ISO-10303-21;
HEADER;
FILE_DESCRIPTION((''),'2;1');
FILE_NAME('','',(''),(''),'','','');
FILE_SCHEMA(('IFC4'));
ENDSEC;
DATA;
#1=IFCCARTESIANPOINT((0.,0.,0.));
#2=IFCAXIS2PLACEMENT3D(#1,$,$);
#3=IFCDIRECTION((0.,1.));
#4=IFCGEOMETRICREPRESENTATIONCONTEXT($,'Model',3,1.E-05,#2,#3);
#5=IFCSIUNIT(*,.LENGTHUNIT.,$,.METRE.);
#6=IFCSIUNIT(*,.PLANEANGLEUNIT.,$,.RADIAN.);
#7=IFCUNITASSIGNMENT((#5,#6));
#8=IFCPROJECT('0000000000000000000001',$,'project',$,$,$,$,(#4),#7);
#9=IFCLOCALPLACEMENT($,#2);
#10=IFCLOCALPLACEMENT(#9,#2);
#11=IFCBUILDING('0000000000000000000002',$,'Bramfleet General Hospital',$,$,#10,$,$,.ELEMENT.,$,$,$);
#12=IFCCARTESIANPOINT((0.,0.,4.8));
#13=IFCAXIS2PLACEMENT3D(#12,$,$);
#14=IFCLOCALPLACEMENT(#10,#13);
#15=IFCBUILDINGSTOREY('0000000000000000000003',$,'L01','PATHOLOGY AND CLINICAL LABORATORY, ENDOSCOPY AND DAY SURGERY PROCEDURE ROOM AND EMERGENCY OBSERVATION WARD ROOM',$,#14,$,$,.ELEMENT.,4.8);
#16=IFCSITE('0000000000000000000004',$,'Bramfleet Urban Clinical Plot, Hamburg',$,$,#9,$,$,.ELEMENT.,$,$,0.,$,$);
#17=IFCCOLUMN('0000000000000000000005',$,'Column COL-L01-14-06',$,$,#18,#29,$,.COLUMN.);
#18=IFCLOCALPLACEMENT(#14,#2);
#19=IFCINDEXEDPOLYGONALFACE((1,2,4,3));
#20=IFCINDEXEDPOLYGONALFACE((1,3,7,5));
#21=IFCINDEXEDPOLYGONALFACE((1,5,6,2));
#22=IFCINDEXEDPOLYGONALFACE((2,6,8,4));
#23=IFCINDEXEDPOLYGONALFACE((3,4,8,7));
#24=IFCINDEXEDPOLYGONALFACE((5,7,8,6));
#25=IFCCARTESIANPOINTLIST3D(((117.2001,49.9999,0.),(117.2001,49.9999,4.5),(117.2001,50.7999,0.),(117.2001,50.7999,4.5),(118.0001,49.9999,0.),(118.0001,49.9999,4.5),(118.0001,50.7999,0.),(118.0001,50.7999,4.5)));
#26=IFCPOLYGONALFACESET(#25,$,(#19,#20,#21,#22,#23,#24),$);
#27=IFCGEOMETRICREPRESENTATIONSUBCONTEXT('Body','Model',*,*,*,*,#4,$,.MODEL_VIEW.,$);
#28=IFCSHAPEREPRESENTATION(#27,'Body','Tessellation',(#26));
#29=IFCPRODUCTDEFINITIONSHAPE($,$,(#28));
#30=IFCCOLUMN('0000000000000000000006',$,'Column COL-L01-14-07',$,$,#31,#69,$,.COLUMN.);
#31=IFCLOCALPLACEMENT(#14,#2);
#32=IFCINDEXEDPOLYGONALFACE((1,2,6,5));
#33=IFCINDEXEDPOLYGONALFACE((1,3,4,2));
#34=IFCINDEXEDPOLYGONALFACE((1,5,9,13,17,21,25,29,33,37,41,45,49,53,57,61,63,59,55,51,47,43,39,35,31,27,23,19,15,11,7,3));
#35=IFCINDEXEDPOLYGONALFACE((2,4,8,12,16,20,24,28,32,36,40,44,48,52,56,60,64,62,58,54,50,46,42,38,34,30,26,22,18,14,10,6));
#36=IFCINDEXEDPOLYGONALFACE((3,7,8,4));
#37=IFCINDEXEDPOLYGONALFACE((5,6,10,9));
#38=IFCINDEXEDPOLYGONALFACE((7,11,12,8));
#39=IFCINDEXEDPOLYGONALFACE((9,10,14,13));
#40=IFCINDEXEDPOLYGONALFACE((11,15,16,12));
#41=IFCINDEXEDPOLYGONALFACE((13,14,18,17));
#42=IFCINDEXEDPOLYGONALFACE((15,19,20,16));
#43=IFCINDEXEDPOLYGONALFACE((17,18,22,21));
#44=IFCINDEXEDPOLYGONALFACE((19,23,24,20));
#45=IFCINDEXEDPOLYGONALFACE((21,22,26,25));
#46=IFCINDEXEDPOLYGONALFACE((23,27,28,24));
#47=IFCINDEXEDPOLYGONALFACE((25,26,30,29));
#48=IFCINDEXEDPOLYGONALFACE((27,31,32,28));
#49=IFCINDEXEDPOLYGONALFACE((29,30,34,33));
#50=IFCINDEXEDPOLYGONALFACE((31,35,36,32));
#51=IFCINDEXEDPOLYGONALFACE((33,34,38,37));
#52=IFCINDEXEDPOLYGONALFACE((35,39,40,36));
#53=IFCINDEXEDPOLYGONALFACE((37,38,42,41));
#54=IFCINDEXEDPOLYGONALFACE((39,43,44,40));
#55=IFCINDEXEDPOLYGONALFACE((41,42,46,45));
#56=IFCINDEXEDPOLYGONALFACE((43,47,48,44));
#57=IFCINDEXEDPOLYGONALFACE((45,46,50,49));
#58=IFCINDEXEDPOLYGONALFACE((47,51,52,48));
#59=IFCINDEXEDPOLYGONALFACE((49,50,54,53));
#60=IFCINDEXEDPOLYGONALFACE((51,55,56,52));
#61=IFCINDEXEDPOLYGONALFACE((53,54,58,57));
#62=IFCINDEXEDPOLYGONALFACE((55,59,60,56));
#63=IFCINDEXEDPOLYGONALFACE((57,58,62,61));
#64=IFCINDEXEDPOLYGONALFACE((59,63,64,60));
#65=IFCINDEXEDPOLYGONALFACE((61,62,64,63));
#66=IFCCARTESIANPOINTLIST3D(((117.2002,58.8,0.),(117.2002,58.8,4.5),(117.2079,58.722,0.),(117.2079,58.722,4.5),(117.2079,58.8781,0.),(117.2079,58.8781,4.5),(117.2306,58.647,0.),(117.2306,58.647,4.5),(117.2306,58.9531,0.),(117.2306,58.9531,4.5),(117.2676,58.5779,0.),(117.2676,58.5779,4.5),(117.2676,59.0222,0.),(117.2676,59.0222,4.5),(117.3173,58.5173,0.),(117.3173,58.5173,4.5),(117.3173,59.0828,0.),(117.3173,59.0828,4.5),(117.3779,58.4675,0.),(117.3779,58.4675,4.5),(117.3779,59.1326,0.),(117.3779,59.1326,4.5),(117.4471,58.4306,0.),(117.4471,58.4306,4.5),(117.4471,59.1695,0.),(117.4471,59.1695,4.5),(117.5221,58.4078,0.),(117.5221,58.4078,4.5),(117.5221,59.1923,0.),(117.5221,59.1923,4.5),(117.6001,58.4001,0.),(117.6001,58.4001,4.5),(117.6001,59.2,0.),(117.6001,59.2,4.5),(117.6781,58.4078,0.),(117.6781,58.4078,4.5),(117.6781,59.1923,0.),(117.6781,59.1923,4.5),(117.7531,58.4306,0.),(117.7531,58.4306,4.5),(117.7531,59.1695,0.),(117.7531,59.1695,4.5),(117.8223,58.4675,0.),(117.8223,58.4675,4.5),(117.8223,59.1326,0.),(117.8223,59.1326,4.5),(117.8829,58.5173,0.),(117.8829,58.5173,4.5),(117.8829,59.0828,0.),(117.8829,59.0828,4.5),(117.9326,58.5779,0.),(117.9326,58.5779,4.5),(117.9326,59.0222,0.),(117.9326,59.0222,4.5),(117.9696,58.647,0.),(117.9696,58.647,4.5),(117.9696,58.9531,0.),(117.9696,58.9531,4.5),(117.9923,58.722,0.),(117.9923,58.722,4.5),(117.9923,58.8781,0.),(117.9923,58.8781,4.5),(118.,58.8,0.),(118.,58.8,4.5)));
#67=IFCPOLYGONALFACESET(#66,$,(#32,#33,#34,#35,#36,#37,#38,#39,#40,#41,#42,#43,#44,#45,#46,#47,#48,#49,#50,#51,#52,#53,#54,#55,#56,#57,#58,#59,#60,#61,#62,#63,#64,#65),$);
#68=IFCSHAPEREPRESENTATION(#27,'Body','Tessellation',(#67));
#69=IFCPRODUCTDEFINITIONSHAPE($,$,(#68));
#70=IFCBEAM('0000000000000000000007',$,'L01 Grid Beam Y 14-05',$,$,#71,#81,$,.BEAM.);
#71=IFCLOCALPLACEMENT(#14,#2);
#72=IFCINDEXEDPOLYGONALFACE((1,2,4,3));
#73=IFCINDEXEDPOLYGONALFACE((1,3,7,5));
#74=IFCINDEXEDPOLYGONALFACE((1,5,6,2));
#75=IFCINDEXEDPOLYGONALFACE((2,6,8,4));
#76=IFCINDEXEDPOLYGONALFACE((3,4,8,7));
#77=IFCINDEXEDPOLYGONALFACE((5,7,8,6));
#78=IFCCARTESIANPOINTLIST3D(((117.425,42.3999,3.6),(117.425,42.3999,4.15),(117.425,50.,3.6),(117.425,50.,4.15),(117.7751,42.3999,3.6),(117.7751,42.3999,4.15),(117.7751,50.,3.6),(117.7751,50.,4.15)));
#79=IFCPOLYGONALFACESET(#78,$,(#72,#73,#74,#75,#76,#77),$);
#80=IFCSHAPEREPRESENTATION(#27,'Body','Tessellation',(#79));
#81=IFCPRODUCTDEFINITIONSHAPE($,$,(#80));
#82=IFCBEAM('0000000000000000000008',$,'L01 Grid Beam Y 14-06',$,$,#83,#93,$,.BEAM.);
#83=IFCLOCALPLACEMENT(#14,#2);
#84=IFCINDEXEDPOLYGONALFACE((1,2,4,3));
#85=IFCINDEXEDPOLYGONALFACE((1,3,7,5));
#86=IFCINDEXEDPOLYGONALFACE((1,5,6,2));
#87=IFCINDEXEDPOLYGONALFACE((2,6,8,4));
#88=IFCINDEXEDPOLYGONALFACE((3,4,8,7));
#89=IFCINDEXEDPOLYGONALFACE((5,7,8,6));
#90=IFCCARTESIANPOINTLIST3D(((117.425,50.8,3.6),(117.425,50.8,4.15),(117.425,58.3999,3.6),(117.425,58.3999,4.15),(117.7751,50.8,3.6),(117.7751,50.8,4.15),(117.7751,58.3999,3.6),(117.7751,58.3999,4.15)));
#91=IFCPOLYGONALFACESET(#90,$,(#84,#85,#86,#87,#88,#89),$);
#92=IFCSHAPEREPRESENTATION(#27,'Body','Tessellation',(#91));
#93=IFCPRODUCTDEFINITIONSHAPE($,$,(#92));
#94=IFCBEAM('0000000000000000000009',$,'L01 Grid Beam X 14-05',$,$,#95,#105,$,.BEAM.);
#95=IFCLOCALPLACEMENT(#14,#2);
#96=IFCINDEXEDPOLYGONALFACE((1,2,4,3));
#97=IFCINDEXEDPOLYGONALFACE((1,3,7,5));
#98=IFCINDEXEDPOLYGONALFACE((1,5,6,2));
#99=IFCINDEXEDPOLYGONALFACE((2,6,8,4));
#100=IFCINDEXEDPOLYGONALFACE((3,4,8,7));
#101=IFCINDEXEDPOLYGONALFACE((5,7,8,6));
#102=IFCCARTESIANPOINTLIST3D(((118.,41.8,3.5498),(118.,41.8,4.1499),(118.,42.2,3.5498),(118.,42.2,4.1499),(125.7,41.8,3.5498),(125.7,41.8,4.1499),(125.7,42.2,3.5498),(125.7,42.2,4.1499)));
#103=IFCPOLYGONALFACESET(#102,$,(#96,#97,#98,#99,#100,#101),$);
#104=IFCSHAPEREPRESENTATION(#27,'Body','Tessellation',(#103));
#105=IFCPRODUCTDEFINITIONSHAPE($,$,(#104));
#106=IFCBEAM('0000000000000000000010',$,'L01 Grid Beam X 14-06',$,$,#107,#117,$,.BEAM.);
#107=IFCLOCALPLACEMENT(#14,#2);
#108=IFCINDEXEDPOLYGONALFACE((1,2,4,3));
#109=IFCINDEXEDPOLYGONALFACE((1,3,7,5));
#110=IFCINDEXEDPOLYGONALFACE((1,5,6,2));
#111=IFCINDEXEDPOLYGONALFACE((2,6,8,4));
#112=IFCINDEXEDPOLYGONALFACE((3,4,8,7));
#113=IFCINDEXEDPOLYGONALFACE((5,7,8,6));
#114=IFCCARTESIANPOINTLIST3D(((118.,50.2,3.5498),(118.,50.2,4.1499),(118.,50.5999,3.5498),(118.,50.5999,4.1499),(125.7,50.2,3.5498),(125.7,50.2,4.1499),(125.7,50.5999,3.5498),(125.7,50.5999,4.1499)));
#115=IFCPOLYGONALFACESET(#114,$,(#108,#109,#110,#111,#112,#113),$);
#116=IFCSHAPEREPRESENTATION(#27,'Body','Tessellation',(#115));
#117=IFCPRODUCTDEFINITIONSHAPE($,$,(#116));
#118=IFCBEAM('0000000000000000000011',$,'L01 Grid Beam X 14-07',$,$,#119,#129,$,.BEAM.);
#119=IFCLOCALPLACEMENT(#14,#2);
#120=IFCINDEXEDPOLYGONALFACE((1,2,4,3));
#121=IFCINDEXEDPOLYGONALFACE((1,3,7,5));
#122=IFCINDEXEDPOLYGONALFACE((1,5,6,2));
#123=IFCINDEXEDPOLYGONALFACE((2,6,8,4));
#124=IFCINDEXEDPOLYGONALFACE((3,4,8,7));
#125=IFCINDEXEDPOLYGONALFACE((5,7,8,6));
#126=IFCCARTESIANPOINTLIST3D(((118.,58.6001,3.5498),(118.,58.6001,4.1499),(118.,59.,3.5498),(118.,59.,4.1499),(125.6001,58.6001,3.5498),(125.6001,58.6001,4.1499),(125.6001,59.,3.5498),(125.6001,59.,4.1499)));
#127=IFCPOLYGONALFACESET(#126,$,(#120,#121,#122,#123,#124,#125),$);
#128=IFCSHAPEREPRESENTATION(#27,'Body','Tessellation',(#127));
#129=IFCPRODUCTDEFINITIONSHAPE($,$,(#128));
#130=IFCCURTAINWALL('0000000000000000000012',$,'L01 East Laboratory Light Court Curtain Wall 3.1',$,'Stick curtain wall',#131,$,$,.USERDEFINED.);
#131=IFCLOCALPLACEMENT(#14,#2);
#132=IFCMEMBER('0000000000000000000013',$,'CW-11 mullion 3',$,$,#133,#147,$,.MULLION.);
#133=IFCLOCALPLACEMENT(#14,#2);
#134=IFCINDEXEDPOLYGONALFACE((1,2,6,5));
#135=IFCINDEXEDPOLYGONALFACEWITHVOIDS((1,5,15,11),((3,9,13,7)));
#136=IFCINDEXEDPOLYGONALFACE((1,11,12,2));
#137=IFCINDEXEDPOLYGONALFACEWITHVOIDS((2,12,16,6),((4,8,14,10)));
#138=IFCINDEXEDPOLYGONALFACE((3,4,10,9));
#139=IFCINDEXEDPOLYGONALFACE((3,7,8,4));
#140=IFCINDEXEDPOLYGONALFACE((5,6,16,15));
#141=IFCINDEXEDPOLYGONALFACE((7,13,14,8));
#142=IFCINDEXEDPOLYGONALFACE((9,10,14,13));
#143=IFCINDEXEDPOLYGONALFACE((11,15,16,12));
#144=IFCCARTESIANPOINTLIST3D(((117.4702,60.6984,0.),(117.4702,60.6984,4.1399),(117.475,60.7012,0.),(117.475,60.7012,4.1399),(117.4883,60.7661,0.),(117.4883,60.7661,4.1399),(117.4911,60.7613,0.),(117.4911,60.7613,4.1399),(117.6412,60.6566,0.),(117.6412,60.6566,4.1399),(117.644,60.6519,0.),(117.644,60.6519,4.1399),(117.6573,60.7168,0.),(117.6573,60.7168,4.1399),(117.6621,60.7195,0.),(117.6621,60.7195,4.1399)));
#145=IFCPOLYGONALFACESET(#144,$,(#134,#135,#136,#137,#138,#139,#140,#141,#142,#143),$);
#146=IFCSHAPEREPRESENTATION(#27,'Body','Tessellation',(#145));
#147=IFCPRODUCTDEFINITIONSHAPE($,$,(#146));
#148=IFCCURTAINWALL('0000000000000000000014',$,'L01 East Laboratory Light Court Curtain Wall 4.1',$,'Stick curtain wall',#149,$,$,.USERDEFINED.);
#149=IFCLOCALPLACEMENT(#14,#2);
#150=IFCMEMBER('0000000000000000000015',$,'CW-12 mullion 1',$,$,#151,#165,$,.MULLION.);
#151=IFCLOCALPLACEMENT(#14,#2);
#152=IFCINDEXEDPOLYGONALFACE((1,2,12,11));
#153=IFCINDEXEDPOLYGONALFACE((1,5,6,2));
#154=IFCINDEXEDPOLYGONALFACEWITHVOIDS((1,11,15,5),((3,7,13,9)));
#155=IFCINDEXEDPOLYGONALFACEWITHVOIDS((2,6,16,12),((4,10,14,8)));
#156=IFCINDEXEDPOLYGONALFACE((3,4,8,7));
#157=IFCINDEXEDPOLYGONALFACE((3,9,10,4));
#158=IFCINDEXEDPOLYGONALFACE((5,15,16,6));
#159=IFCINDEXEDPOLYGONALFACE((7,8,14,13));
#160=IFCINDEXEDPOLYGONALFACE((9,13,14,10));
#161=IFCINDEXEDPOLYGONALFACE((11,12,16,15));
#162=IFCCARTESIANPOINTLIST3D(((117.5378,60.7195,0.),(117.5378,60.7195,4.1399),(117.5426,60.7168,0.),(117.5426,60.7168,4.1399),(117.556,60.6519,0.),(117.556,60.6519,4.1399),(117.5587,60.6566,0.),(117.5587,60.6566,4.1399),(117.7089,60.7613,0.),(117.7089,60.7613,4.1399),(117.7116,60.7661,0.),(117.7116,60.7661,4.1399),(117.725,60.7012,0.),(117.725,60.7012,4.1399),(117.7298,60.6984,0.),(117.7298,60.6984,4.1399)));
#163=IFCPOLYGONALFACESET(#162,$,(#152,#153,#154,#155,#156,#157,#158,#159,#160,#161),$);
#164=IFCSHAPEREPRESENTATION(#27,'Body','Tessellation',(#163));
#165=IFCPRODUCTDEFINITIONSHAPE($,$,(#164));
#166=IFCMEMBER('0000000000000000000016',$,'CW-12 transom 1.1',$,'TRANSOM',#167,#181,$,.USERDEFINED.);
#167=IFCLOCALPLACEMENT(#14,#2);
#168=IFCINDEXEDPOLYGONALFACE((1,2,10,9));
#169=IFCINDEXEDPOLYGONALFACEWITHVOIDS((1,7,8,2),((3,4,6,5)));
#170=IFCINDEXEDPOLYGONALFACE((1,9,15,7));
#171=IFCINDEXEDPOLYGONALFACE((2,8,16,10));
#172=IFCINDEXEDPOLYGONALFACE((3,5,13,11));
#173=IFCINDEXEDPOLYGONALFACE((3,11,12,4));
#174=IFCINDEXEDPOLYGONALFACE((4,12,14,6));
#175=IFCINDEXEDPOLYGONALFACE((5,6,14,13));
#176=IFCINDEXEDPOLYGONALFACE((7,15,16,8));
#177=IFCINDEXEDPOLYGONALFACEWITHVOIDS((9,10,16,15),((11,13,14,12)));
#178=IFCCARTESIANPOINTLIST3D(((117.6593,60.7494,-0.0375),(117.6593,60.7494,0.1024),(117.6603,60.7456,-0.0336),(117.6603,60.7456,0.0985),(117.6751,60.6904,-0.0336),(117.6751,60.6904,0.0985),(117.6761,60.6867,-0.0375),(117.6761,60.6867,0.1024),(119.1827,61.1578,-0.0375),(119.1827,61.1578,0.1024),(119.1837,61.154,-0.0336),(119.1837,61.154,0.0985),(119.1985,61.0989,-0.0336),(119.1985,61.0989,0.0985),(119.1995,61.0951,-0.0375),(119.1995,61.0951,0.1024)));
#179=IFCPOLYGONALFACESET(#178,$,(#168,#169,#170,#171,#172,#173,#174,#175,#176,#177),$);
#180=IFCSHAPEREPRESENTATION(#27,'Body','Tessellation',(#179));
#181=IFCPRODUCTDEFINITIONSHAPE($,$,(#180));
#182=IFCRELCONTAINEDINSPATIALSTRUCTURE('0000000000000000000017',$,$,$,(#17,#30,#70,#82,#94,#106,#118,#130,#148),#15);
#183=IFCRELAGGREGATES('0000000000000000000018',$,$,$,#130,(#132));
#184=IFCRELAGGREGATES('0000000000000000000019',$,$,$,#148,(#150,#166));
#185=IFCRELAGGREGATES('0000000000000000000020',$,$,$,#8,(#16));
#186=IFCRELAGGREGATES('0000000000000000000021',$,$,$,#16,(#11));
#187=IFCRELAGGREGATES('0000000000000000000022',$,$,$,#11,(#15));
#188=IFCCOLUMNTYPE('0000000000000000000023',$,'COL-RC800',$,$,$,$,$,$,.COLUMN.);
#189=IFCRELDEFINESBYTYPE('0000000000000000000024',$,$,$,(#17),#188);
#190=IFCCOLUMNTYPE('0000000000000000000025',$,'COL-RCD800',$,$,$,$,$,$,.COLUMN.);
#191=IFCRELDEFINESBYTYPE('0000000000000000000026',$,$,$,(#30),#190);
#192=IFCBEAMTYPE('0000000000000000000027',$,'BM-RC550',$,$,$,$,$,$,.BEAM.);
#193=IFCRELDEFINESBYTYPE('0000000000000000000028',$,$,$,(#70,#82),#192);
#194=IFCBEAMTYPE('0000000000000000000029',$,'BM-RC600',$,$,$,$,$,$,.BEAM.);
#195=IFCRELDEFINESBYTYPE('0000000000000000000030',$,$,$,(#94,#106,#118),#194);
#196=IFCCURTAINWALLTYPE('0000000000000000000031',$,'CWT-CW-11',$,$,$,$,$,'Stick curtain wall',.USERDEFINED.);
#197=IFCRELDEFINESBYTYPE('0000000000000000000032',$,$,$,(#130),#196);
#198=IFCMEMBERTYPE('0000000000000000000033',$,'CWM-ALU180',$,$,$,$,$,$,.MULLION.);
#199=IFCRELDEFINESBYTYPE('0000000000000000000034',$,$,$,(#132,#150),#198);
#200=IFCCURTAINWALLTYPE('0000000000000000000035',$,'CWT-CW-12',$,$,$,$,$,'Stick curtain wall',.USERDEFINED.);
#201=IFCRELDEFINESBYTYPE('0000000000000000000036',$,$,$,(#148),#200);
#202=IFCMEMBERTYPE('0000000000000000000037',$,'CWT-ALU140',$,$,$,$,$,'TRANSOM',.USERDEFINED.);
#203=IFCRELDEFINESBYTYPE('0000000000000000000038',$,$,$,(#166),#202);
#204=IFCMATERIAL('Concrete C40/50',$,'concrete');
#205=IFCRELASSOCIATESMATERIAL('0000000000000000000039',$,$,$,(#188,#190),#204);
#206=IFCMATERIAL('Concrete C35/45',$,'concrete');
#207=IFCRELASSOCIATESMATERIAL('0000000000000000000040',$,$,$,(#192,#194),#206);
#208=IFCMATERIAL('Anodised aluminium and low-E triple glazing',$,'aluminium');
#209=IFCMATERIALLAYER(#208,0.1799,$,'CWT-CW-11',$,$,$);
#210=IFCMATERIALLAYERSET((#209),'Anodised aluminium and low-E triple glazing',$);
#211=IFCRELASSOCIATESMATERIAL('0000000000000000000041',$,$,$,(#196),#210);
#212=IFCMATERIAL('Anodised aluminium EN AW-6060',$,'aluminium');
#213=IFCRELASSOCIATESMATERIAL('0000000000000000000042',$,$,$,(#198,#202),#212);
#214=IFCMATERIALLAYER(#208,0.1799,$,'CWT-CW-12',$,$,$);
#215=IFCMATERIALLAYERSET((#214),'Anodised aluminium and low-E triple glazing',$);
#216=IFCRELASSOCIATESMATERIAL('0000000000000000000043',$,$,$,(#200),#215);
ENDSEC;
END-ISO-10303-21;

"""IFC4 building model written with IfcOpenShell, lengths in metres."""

from ifc_helpers import new_model, si_unit, direction, frame, origin, origin_2d, place, context, subcontext, project, spatial, rectangle, hollow_rectangle, circle, extrude, material, layer, layer_set, material_profile, profile_set, type_object, element, aggregate, save


model = new_model("IFC4")

# Units and contexts
model_context = context("Model", 3, precision=1e-05, world=origin(), true_north=direction((0.0, 1.0)))
body_context = subcontext(model_context, "Body", "Model", "MODEL_VIEW")
ifc_project = project(units=[si_unit("LENGTHUNIT", "METRE"), si_unit("PLANEANGLEUNIT", "RADIAN")], contexts=[model_context])

# Site, building, storey
site_placement = place(None, origin())
site = spatial("IfcSite", under=ifc_project, at=site_placement, Name="Bramfleet Urban Clinical Plot, Hamburg", CompositionType="ELEMENT", RefElevation=0.0)
building_placement = place(site_placement, origin())
building = spatial("IfcBuilding", under=site, at=building_placement, Name="Bramfleet General Hospital", CompositionType="ELEMENT")
storey_placement = place(building_placement, frame((0.0, 0.0, 4.8)))
storey = spatial("IfcBuildingStorey", under=building, at=storey_placement, Name="L01", Description="PATHOLOGY AND CLINICAL LABORATORY, ENDOSCOPY AND DAY SURGERY PROCEDURE ROOM AND EMERGENCY OBSERVATION WARD ROOM", CompositionType="ELEMENT", Elevation=4.8)

# Columns
ifc_material_1 = material(Name="Concrete C40/50", Category="concrete")
ifc_material_profile_1 = material_profile(ifc_material_1, rectangle(XDim=0.8, YDim=0.8, at=origin_2d()), Name="RC COL 800x800")
ifc_profile_set_1 = profile_set([ifc_material_profile_1], Name="Concrete C40/50")
column_type_1 = type_object("IfcColumnType", Name="COL-RC800", PredefinedType="COLUMN", material=ifc_profile_set_1)
column_1_placement = place(storey_placement, frame((117.6001, 50.3999, 0.0), z_axis=(0.0, 0.0, 1.0), x_axis=(1.0, 0.0, 0.0)))
element("IfcColumn", 1, at=column_1_placement, inside=storey, type_object=column_type_1, Name="Column COL-L01-14-06", PredefinedType="COLUMN", context=body_context, shape_type="SweptSolid", body=[
    extrude(rectangle(XDim=0.8, YDim=0.8, at=origin_2d()), origin(), (0.0, 0.0, 1.0), 4.5),
])
ifc_material_profile_2 = material_profile(ifc_material_1, circle(Radius=0.3999, at=origin_2d()), Name="RC ROUND D800")
ifc_profile_set_2 = profile_set([ifc_material_profile_2], Name="Concrete C40/50")
column_type_2 = type_object("IfcColumnType", Name="COL-RCD800", PredefinedType="COLUMN", material=ifc_profile_set_2)
column_2_placement = place(storey_placement, frame((117.6001, 58.8, 0.0), z_axis=(0.0, 0.0, 1.0), x_axis=(1.0, 0.0, 0.0)))
element("IfcColumn", 2, at=column_2_placement, inside=storey, type_object=column_type_2, Name="Column COL-L01-14-07", PredefinedType="COLUMN", context=body_context, shape_type="SweptSolid", body=[
    extrude(circle(Radius=0.3999, at=origin_2d()), origin(), (0.0, 0.0, 1.0), 4.5),
])

# Beams
ifc_material_2 = material(Name="Concrete C35/45", Category="concrete")
ifc_material_profile_3 = material_profile(ifc_material_2, rectangle(XDim=0.3501, YDim=0.55, at=origin_2d()), Name="RC BM 550x350")
ifc_profile_set_3 = profile_set([ifc_material_profile_3], Name="Concrete C35/45")
beam_type_1 = type_object("IfcBeamType", Name="BM-RC550", PredefinedType="BEAM", material=ifc_profile_set_3)
beam_1_placement = place(storey_placement, frame((117.6001, 42.3999, 3.875), z_axis=(0.0, 1.0, 0.0), x_axis=(-1.0, 0.0, 0.0)))
element("IfcBeam", 3, at=beam_1_placement, inside=storey, type_object=beam_type_1, Name="L01 Grid Beam Y 14-05", PredefinedType="BEAM", context=body_context, shape_type="SweptSolid", body=[
    extrude(rectangle(XDim=0.3501, YDim=0.55, at=origin_2d()), origin(), (0.0, 0.0, 1.0), 7.6001),
])
beam_2_placement = place(storey_placement, frame((117.6001, 50.8, 3.875), z_axis=(0.0, 1.0, 0.0), x_axis=(-1.0, 0.0, 0.0)))
element("IfcBeam", 4, at=beam_2_placement, inside=storey, type_object=beam_type_1, Name="L01 Grid Beam Y 14-06", PredefinedType="BEAM", context=body_context, shape_type="SweptSolid", body=[
    extrude(rectangle(XDim=0.3501, YDim=0.55, at=origin_2d()), origin(), (0.0, 0.0, 1.0), 7.5999),
])
ifc_material_profile_4 = material_profile(ifc_material_2, rectangle(XDim=0.3999, YDim=0.6001, at=origin_2d()), Name="RC BM 600x400")
ifc_profile_set_4 = profile_set([ifc_material_profile_4], Name="Concrete C35/45")
beam_type_2 = type_object("IfcBeamType", Name="BM-RC600", PredefinedType="BEAM", material=ifc_profile_set_4)
for number, where, z_axis, x_axis, name in (
    (5, (118.0, 42.0, 3.8499), (1.0, 0.0, 0.0), (0.0, 1.0, 0.0), "L01 Grid Beam X 14-05"),
    (6, (118.0, 50.3999, 3.8499), (1.0, 0.0, 0.0), (0.0, 1.0, 0.0), "L01 Grid Beam X 14-06"),
):
    element("IfcBeam", number, at=place(storey_placement, frame(where, z_axis=z_axis, x_axis=x_axis)), inside=storey, type_object=beam_type_2, Name=name, PredefinedType="BEAM", context=body_context, shape_type="SweptSolid", body=[
        extrude(rectangle(XDim=0.3999, YDim=0.6001, at=origin_2d()), origin(), (0.0, 0.0, 1.0), 7.7),
    ])
beam_3_placement = place(storey_placement, frame((118.0, 58.8, 3.8499), z_axis=(1.0, 0.0, 0.0), x_axis=(0.0, 1.0, 0.0)))
element("IfcBeam", 7, at=beam_3_placement, inside=storey, type_object=beam_type_2, Name="L01 Grid Beam X 14-07", PredefinedType="BEAM", context=body_context, shape_type="SweptSolid", body=[
    extrude(rectangle(XDim=0.3999, YDim=0.6001, at=origin_2d()), origin(), (0.0, 0.0, 1.0), 7.6001),
])

# Curtain wall, member
ifc_material_3 = material(Name="Anodised aluminium and low-E triple glazing", Category="aluminium")
ifc_layer_1 = layer(ifc_material_3, 0.1799, Name="CWT-CW-11")
ifc_layer_set_1 = layer_set([ifc_layer_1], Name="Anodised aluminium and low-E triple glazing")
curtain_wall_type_1 = type_object("IfcCurtainWallType", Name="CWT-CW-11", ElementType="Stick curtain wall", PredefinedType="USERDEFINED", material=ifc_layer_set_1)
curtain_wall_1_placement = place(storey_placement, origin())
curtain_wall_1 = element("IfcCurtainWall", 8, at=curtain_wall_1_placement, inside=storey, type_object=curtain_wall_type_1, Name="L01 East Laboratory Light Court Curtain Wall 3.1", ObjectType="Stick curtain wall", PredefinedType="USERDEFINED")
ifc_material_4 = material(Name="Anodised aluminium EN AW-6060", Category="aluminium")
ifc_material_profile_5 = material_profile(ifc_material_4, hollow_rectangle(XDim=0.0701, YDim=0.1799, WallThickness=0.0039, at=origin_2d()), Name="ALU 180x70x4.0")
ifc_profile_set_5 = profile_set([ifc_material_profile_5], Name="Anodised aluminium EN AW-6060")
member_type_1 = type_object("IfcMemberType", Name="CWM-ALU180", PredefinedType="MULLION", material=ifc_profile_set_5)
member_1_placement = place(storey_placement, frame((117.5662, 60.709, 0.0), z_axis=(0.0, 0.0, 1.0), x_axis=(0.258865, 0.965914, 0.0)))
member_1 = element("IfcMember", 9, at=member_1_placement, type_object=member_type_1, Name="CW-11 mullion 3", PredefinedType="MULLION", context=body_context, shape_type="SweptSolid", body=[
    extrude(hollow_rectangle(XDim=0.0701, YDim=0.1799, WallThickness=0.0039, at=origin_2d()), origin(), (0.0, 0.0, 1.0), 4.1399),
])
aggregate(curtain_wall_1, [member_1])

# Curtain wall, members
ifc_layer_2 = layer(ifc_material_3, 0.1799, Name="CWT-CW-12")
ifc_layer_set_2 = layer_set([ifc_layer_2], Name="Anodised aluminium and low-E triple glazing")
curtain_wall_type_2 = type_object("IfcCurtainWallType", Name="CWT-CW-12", ElementType="Stick curtain wall", PredefinedType="USERDEFINED", material=ifc_layer_set_2)
curtain_wall_2_placement = place(storey_placement, origin())
curtain_wall_2 = element("IfcCurtainWall", 10, at=curtain_wall_2_placement, inside=storey, type_object=curtain_wall_type_2, Name="L01 East Laboratory Light Court Curtain Wall 4.1", ObjectType="Stick curtain wall", PredefinedType="USERDEFINED")
member_2_placement = place(storey_placement, frame((117.6338, 60.709, 0.0), z_axis=(0.0, 0.0, 1.0), x_axis=(-0.258865, 0.965914, 0.0)))
member_2 = element("IfcMember", 11, at=member_2_placement, type_object=member_type_1, Name="CW-12 mullion 1", PredefinedType="MULLION", context=body_context, shape_type="SweptSolid", body=[
    extrude(hollow_rectangle(XDim=0.0701, YDim=0.1799, WallThickness=0.0039, at=origin_2d()), origin(), (0.0, 0.0, 1.0), 4.1399),
])
ifc_material_profile_6 = material_profile(ifc_material_4, hollow_rectangle(XDim=0.0649, YDim=0.1399, WallThickness=0.0039, at=origin_2d()), Name="ALU 140x65x4.0")
ifc_profile_set_6 = profile_set([ifc_material_profile_6], Name="Anodised aluminium EN AW-6060")
member_type_2 = type_object("IfcMemberType", Name="CWT-ALU140", ElementType="TRANSOM", PredefinedType="USERDEFINED", material=ifc_profile_set_6)
member_3_placement = place(storey_placement, frame((117.6677, 60.718, 0.0325), z_axis=(0.965887, 0.258963, 0.0), x_axis=(-0.258963, 0.965887, 0.0)))
member_3 = element("IfcMember", 12, at=member_3_placement, type_object=member_type_2, Name="CW-12 transom 1.1", ObjectType="TRANSOM", PredefinedType="USERDEFINED", context=body_context, shape_type="SweptSolid", body=[
    extrude(hollow_rectangle(XDim=0.0649, YDim=0.1399, WallThickness=0.0039, at=origin_2d()), origin(), (0.0, 0.0, 1.0), 1.5771),
])
aggregate(curtain_wall_2, [member_2, member_3])

save(model, "model.ifc")
